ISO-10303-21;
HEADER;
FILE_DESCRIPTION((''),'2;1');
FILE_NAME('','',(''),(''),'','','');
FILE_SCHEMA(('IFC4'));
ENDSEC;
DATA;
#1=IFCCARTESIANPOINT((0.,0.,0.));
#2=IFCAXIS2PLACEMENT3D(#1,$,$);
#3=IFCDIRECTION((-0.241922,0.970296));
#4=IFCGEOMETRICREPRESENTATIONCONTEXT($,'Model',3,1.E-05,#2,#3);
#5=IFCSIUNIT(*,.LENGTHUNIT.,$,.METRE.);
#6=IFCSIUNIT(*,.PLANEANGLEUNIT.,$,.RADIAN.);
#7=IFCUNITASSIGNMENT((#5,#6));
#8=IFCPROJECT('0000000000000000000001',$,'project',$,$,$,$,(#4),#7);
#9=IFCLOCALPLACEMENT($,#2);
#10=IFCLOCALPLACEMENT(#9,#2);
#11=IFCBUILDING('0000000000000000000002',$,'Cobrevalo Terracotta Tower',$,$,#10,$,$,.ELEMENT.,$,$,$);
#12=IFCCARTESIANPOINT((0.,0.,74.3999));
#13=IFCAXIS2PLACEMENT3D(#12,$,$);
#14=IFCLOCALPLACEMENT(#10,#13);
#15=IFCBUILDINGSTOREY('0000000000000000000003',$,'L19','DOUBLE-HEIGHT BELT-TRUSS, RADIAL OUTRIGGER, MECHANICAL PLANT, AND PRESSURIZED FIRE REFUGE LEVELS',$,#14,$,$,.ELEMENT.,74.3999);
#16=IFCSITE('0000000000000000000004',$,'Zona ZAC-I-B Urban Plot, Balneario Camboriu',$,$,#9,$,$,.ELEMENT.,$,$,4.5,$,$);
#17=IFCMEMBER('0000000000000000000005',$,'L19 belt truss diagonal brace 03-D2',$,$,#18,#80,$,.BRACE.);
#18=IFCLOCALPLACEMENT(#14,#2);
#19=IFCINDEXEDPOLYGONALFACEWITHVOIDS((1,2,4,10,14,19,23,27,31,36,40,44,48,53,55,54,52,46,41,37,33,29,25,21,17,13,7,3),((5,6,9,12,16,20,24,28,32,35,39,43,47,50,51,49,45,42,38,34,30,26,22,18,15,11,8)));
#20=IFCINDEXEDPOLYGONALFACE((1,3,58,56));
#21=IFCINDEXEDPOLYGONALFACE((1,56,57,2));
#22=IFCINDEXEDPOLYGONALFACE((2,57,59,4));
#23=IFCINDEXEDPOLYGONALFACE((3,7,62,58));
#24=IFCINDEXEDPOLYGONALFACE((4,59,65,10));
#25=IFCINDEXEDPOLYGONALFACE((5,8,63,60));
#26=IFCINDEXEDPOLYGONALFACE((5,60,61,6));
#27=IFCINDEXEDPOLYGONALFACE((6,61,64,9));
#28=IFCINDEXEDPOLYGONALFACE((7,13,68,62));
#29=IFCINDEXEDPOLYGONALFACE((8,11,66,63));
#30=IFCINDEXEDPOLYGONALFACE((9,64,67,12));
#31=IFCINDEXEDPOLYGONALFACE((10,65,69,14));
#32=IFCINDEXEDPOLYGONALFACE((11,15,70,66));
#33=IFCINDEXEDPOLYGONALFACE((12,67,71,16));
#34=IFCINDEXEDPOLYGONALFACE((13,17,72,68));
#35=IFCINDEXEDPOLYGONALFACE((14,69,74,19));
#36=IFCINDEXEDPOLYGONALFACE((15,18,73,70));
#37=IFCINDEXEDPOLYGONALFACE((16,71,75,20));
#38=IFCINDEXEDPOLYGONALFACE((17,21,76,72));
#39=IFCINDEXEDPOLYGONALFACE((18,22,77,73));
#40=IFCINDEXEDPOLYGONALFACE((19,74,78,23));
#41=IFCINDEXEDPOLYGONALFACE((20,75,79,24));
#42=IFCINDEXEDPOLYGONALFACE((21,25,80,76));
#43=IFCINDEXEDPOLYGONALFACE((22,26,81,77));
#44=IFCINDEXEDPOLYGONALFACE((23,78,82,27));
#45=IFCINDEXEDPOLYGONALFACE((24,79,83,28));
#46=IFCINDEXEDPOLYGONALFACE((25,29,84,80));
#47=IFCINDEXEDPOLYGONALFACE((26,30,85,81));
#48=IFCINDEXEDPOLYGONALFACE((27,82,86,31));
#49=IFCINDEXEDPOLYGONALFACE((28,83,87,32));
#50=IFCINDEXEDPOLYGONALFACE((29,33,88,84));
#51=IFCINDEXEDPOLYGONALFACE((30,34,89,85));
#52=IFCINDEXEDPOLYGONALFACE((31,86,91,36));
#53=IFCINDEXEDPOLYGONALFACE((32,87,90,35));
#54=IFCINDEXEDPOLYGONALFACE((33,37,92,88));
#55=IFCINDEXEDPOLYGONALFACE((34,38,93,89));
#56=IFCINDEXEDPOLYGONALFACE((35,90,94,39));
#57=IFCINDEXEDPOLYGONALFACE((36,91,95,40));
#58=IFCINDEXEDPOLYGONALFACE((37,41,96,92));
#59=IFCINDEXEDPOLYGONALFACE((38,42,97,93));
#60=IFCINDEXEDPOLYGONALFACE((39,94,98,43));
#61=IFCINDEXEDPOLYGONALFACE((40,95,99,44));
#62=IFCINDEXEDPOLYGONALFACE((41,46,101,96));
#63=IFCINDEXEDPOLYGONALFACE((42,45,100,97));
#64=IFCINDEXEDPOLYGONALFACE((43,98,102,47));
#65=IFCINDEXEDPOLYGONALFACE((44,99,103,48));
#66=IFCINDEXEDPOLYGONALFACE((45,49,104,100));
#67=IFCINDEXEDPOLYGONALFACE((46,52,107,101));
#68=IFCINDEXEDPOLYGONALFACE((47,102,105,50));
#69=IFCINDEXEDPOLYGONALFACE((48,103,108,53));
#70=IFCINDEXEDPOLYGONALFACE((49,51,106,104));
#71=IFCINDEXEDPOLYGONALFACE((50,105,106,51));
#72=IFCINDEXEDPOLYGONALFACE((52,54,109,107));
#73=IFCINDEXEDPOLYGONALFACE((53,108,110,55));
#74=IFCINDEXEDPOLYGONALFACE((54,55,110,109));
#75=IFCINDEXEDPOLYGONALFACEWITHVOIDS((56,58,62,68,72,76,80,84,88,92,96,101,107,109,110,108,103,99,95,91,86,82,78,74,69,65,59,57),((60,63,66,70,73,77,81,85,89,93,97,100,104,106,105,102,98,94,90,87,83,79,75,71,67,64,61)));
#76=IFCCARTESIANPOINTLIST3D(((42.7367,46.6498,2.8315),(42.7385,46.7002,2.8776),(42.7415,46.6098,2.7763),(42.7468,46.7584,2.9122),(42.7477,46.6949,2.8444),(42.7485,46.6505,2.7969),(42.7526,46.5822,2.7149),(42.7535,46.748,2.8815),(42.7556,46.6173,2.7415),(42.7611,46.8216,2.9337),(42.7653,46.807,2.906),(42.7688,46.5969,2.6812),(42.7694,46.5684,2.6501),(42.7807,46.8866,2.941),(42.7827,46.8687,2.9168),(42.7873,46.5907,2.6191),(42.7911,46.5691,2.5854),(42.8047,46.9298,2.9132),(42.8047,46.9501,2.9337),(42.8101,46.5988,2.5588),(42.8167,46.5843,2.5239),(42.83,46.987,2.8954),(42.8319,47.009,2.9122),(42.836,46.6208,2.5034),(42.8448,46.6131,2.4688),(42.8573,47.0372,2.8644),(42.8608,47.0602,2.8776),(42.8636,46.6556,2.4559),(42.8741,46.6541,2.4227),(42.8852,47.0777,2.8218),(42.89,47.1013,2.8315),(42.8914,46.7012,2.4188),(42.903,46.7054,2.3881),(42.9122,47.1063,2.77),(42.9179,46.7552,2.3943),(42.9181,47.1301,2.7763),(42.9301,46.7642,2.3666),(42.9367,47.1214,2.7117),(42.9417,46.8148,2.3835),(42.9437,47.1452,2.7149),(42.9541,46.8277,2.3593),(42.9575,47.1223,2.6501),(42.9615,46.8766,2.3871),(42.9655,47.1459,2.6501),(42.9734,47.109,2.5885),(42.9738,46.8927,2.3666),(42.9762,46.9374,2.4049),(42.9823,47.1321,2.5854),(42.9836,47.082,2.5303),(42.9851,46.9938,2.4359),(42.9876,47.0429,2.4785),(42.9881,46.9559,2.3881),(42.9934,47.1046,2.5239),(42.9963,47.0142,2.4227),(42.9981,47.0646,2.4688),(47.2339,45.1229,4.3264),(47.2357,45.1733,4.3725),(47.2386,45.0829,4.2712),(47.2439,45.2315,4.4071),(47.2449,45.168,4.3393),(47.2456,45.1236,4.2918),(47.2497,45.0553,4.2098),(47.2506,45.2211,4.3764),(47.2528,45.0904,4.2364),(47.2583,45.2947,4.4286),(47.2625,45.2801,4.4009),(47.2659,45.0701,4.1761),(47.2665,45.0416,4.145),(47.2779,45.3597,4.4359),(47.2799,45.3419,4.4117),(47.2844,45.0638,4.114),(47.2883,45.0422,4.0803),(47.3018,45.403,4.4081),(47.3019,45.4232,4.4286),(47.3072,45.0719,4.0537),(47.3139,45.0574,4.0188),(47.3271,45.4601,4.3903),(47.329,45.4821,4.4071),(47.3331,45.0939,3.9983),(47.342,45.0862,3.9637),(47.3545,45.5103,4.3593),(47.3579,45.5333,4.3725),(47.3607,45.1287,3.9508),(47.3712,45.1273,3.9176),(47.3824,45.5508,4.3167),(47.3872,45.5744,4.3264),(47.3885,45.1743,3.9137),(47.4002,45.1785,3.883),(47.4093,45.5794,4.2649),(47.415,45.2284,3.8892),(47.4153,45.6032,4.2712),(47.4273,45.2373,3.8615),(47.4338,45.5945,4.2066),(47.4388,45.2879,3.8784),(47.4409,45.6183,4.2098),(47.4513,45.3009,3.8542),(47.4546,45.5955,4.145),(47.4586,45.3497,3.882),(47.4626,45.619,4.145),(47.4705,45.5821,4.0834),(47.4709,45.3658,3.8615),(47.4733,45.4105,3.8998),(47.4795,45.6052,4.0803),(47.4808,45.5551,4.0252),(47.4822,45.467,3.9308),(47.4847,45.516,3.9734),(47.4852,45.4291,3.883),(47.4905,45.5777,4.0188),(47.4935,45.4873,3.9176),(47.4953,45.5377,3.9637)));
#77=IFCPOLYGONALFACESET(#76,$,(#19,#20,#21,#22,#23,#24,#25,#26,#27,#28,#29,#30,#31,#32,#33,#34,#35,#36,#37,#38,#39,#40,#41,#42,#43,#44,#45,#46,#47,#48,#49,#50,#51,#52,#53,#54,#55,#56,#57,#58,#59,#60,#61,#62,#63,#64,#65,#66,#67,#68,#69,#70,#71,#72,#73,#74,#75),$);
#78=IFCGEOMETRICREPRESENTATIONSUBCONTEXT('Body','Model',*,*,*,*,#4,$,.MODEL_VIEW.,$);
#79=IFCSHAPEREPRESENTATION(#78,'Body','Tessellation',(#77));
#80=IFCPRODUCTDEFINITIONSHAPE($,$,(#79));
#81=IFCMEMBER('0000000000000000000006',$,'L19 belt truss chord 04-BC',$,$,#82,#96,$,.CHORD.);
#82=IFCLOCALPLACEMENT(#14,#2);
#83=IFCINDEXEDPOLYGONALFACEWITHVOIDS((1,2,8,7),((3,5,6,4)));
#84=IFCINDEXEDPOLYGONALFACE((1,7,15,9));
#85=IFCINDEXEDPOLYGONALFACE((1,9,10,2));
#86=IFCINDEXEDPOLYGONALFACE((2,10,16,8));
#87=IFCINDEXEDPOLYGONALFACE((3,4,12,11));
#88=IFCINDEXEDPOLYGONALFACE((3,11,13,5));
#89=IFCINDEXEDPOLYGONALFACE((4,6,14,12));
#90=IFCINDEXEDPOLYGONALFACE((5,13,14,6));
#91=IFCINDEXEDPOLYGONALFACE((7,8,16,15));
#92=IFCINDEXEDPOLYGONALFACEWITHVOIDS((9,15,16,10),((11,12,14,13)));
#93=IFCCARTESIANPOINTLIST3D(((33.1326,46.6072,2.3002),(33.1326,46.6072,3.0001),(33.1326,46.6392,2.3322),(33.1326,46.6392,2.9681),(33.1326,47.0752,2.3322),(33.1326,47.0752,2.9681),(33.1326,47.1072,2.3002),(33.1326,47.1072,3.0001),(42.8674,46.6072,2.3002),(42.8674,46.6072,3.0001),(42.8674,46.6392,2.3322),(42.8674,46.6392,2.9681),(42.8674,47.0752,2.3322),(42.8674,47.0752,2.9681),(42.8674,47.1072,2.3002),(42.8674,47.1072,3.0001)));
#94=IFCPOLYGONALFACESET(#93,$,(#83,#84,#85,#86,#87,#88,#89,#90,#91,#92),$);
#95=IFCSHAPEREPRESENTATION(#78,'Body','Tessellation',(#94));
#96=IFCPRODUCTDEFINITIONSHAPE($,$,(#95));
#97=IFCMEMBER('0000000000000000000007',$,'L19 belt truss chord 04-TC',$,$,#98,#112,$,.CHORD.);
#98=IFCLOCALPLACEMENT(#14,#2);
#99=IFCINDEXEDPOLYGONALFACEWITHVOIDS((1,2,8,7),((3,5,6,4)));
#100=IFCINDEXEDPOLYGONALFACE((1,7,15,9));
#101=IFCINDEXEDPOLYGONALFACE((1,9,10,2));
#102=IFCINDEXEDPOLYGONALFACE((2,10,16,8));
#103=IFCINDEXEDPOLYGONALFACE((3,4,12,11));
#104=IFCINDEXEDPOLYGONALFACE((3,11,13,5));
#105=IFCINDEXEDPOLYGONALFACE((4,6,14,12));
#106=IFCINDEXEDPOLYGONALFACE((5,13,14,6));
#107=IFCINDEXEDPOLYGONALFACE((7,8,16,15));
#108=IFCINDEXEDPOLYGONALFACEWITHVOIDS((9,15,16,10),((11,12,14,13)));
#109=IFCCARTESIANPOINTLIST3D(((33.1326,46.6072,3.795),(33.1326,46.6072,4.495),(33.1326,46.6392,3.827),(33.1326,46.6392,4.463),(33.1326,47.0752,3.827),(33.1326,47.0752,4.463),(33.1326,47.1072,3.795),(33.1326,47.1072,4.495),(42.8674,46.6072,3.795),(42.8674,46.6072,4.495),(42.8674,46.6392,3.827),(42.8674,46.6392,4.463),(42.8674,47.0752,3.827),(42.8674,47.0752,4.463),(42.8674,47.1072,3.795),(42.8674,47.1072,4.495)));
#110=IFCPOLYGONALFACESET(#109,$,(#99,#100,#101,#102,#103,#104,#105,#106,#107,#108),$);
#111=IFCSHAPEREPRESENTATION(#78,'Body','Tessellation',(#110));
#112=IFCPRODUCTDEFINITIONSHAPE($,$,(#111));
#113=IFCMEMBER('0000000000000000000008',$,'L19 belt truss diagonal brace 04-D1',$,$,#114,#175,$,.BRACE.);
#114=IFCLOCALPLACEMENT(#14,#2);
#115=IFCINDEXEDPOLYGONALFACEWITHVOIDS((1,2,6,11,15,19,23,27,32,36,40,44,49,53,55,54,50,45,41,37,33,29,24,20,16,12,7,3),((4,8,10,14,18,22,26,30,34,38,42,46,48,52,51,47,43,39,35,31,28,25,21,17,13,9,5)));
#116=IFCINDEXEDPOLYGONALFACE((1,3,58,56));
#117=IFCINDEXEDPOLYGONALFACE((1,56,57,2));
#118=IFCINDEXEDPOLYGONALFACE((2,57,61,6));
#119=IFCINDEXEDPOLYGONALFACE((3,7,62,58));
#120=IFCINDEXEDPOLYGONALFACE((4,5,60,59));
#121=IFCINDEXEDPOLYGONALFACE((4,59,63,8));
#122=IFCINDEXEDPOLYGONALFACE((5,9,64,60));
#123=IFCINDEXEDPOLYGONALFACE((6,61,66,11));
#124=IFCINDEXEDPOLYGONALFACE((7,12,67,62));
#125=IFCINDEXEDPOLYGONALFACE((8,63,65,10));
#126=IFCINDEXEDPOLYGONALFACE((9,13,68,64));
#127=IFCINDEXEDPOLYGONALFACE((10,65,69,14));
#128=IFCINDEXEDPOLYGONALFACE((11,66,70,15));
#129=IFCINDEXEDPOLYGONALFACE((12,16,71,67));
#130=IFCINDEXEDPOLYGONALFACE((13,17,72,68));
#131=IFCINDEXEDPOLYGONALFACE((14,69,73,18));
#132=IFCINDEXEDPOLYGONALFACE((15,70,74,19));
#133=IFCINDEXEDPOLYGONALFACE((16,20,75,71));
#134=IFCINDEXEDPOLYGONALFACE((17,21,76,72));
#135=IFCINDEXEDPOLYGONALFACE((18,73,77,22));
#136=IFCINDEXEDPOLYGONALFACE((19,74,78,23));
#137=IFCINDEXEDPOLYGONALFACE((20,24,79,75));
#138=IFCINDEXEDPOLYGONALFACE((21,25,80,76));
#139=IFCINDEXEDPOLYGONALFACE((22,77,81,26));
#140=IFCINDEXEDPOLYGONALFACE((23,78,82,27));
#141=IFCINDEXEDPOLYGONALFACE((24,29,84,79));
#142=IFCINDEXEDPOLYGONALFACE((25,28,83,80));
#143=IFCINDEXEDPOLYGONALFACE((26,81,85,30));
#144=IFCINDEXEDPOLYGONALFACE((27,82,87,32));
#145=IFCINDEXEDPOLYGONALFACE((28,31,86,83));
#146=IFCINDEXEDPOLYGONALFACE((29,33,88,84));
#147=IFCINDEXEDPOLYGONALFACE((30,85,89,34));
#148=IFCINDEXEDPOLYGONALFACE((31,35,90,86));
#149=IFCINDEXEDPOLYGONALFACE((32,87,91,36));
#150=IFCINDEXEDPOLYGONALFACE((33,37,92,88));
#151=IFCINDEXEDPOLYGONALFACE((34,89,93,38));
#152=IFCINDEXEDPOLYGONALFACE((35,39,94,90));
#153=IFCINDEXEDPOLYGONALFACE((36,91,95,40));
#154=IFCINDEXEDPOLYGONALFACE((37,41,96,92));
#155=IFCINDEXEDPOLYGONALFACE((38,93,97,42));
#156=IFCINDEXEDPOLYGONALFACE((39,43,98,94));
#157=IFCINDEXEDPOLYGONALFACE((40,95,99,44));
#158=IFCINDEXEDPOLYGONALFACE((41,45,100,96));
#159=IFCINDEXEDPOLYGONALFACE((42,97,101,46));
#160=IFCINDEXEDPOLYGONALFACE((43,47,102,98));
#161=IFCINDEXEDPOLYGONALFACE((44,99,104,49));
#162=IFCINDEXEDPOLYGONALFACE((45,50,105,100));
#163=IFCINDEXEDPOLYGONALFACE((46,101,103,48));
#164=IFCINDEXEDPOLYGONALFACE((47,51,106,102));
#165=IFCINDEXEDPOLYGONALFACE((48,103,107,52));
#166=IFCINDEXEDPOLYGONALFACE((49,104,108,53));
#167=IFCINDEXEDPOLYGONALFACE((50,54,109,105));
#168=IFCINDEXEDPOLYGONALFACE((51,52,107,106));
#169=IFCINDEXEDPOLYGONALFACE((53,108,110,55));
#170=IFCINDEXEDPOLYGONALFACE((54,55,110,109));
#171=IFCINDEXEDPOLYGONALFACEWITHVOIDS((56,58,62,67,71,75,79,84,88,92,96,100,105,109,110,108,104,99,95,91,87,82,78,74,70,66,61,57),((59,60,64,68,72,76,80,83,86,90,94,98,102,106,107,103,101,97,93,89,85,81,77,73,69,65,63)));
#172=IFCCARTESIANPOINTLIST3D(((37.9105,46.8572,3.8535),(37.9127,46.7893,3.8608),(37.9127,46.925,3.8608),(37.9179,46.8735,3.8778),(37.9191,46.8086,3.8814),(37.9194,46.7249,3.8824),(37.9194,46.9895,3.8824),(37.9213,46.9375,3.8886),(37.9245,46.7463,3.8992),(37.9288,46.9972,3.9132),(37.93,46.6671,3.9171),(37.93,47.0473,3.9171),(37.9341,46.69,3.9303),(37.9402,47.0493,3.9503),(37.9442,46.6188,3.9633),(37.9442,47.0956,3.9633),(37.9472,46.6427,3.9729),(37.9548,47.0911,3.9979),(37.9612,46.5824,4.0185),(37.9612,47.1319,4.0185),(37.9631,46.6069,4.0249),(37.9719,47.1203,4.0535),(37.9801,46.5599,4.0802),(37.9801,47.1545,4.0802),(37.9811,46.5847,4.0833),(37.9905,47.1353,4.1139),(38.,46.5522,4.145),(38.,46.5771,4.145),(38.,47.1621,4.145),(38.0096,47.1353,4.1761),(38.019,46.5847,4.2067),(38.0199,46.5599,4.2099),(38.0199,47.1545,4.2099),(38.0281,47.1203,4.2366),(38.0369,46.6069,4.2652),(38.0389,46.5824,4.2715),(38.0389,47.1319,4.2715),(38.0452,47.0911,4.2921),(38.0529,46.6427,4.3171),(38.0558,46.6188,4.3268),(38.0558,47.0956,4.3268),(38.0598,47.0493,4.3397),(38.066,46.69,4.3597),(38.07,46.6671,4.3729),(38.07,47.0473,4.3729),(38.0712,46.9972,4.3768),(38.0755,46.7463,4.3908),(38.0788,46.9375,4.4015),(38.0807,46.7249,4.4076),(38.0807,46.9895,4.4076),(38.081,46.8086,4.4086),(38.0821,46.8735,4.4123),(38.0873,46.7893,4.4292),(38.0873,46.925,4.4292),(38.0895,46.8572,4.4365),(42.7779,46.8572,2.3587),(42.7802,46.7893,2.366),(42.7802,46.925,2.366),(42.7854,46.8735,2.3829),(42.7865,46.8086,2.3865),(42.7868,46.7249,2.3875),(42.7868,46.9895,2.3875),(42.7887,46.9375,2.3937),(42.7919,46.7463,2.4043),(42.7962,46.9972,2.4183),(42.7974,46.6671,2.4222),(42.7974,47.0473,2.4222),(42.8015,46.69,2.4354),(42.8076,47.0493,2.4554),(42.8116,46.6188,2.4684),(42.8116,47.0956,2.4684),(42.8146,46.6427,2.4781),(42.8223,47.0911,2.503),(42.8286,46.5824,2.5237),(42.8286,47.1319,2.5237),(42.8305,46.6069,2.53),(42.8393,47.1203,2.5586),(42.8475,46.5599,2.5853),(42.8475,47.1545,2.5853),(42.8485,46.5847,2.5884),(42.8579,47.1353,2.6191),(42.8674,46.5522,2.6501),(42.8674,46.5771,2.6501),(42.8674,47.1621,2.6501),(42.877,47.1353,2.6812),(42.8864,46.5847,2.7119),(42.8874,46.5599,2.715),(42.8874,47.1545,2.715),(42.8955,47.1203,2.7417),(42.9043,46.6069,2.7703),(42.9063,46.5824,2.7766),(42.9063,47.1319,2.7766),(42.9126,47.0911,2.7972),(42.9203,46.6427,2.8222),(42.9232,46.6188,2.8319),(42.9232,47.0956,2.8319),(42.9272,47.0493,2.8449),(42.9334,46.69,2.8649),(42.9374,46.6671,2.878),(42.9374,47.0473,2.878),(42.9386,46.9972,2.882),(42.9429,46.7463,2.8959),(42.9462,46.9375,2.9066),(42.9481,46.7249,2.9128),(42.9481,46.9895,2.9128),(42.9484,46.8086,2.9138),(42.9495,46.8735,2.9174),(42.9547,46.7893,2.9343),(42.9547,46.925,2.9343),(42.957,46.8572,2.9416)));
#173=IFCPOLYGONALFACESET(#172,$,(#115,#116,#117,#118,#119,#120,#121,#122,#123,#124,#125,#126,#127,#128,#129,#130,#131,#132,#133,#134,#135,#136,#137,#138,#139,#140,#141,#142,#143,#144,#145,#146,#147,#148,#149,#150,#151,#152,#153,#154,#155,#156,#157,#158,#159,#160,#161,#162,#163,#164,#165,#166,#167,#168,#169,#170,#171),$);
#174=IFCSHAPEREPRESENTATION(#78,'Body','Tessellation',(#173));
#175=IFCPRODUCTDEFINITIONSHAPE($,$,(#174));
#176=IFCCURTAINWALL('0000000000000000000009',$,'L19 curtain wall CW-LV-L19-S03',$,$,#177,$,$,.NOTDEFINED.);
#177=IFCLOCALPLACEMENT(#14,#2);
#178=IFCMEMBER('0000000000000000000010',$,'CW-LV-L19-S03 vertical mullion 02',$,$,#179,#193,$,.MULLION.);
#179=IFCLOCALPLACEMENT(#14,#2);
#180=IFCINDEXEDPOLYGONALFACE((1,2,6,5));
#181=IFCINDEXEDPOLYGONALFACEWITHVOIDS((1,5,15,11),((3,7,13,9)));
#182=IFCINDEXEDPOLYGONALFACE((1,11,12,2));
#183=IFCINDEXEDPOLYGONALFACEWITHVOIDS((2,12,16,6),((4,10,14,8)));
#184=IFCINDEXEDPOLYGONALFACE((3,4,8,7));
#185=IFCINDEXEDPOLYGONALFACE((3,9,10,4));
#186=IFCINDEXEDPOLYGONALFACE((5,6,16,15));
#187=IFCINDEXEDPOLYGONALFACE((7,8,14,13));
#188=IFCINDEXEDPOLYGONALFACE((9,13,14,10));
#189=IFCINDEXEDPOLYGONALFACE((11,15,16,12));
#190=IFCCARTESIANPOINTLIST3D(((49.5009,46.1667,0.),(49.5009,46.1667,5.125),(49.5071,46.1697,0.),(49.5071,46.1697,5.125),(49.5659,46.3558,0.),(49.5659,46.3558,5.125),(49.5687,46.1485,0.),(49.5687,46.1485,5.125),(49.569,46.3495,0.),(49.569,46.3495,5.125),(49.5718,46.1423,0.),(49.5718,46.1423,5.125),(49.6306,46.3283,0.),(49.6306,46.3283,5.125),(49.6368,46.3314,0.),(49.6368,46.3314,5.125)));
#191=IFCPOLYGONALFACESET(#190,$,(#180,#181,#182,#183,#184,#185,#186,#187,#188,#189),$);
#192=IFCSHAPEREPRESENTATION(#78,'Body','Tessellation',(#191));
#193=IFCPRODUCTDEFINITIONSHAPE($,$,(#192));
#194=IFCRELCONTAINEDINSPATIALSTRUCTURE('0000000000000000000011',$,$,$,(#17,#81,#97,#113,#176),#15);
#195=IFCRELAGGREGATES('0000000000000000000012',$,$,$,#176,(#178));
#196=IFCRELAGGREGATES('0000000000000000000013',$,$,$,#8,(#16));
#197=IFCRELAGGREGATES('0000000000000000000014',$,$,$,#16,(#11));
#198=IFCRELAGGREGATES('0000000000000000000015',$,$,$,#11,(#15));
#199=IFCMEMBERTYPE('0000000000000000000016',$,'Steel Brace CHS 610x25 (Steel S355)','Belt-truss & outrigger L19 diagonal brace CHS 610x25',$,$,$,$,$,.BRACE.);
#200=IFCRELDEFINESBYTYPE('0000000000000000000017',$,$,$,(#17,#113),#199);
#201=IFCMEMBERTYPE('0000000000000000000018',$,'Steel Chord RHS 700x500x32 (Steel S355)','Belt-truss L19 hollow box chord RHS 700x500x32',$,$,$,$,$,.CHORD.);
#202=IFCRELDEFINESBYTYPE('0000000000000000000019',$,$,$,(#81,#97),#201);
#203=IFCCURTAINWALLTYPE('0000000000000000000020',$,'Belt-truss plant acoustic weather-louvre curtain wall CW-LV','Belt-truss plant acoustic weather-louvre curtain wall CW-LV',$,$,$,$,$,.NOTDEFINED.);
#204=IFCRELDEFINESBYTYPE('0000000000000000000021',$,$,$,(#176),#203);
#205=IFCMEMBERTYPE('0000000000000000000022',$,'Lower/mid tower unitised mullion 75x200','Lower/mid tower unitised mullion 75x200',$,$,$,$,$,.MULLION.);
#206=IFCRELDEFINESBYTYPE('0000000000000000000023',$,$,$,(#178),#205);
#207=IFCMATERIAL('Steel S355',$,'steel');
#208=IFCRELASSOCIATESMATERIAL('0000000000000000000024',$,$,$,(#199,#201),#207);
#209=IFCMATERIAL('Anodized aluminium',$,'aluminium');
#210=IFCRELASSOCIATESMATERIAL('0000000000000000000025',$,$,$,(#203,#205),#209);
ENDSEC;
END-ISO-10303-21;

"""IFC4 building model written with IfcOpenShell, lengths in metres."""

from ifc_helpers import new_model, si_unit, direction, frame, origin, origin_2d, place, context, subcontext, project, spatial, hollow_rectangle, hollow_circle, extrude, source, transform, mapped, material, material_profile, profile_set, type_object, element, aggregate, save


model = new_model("IFC4")

# Units and contexts
model_context = context("Model", 3, precision=1e-05, world=origin(), true_north=direction((-0.241922, 0.970296)))
body_context = subcontext(model_context, "Body", "Model", "MODEL_VIEW")
ifc_project = project(units=[si_unit("LENGTHUNIT", "METRE"), si_unit("PLANEANGLEUNIT", "RADIAN")], contexts=[model_context])

# Site, building, storey
site_placement = place(None, origin())
site = spatial("IfcSite", under=ifc_project, at=site_placement, Name="Zona ZAC-I-B Urban Plot, Balneario Camboriu", CompositionType="ELEMENT", RefElevation=4.5)
building_placement = place(site_placement, origin())
building = spatial("IfcBuilding", under=site, at=building_placement, Name="Cobrevalo Terracotta Tower", CompositionType="ELEMENT")
storey_placement = place(building_placement, frame((0.0, 0.0, 74.3999)))
storey = spatial("IfcBuildingStorey", under=building, at=storey_placement, Name="L19", Description="DOUBLE-HEIGHT BELT-TRUSS, RADIAL OUTRIGGER, MECHANICAL PLANT, AND PRESSURIZED FIRE REFUGE LEVELS", CompositionType="ELEMENT", Elevation=74.3999)

# Shared definitions
ifc_material_1 = material(Name="Steel S355", Category="steel")

# Members
ifc_material_profile_1 = material_profile(ifc_material_1, hollow_circle(Radius=0.3049, WallThickness=0.0249, at=origin_2d()), Name="CHS 610x25")
ifc_profile_set_1 = profile_set([ifc_material_profile_1], Name="Steel S355")
member_type_1 = type_object("IfcMemberType", Name="Steel Brace CHS 610x25 (Steel S355)", Description="Belt-truss & outrigger L19 diagonal brace CHS 610x25", PredefinedType="BRACE", material=ifc_profile_set_1)
shared_shape_1 = source(origin(), body_context, "Body", "SweptSolid", [
    extrude(hollow_circle(Radius=0.3049, WallThickness=0.0249, at=origin_2d()), origin(), (0.0, 0.0, 1.0), 4.979),
])
member_1_placement = place(storey_placement, frame((42.8674, 46.8572, 2.6501), z_axis=(0.903223, -0.306664, 0.300241), x_axis=(0.321497, 0.946911, 0.0)))
element("IfcMember", 1, at=member_1_placement, inside=storey, type_object=member_type_1, Name="L19 belt truss diagonal brace 03-D2", PredefinedType="BRACE", context=body_context, shape_type="MappedRepresentation", body=[
    mapped(shared_shape_1, transform((0.0, 0.0, 0.0), scale=1.0)),
])
ifc_material_profile_2 = material_profile(ifc_material_1, hollow_rectangle(XDim=0.5, YDim=0.7, WallThickness=0.032, at=origin_2d()), Name="RHS 700x500x32")
ifc_profile_set_2 = profile_set([ifc_material_profile_2], Name="Steel S355")
member_type_2 = type_object("IfcMemberType", Name="Steel Chord RHS 700x500x32 (Steel S355)", Description="Belt-truss L19 hollow box chord RHS 700x500x32", PredefinedType="CHORD", material=ifc_profile_set_2)
shared_shape_2 = source(origin(), body_context, "Body", "SweptSolid", [
    extrude(hollow_rectangle(XDim=0.5, YDim=0.7, WallThickness=0.032, at=origin_2d()), origin(), (0.0, 0.0, 1.0), 9.7349),
])
for number, where, z_axis, x_axis, name in (
    (2, (42.8674, 46.8572, 2.6501), (-1.0, 0.0, 0.0), (0.0, -1.0, 0.0), "L19 belt truss chord 04-BC"),
    (3, (42.8674, 46.8572, 4.145), (-1.0, 0.0, 0.0), (0.0, -1.0, 0.0), "L19 belt truss chord 04-TC"),
):
    element("IfcMember", number, at=place(storey_placement, frame(where, z_axis=z_axis, x_axis=x_axis)), inside=storey, type_object=member_type_2, Name=name, PredefinedType="CHORD", context=body_context, shape_type="MappedRepresentation", body=[
        mapped(shared_shape_2, transform((0.0, 0.0, 0.0), scale=1.0)),
    ])
shared_shape_3 = source(origin(), body_context, "Body", "SweptSolid", [
    extrude(hollow_circle(Radius=0.3049, WallThickness=0.0249, at=origin_2d()), origin(), (0.0, 0.0, 1.0), 5.0918),
])
member_2_placement = place(storey_placement, frame((42.8674, 46.8572, 2.6501), z_axis=(-0.955933, 0.0, 0.293584), x_axis=(0.0, -1.0, 0.0)))
element("IfcMember", 4, at=member_2_placement, inside=storey, type_object=member_type_1, Name="L19 belt truss diagonal brace 04-D1", PredefinedType="BRACE", context=body_context, shape_type="MappedRepresentation", body=[
    mapped(shared_shape_3, transform((0.0, 0.0, 0.0), scale=1.0)),
])

# Curtain wall, member
ifc_material_2 = material(Name="Anodized aluminium", Category="aluminium")
curtain_wall_type = type_object("IfcCurtainWallType", Name="Belt-truss plant acoustic weather-louvre curtain wall CW-LV", Description="Belt-truss plant acoustic weather-louvre curtain wall CW-LV", PredefinedType="NOTDEFINED", material=ifc_material_2)
curtain_wall_1_placement = place(storey_placement, origin())
curtain_wall_1 = element("IfcCurtainWall", 5, at=curtain_wall_1_placement, inside=storey, type_object=curtain_wall_type, Name="L19 curtain wall CW-LV-L19-S03", PredefinedType="NOTDEFINED")
ifc_material_profile_3 = material_profile(ifc_material_2, hollow_rectangle(XDim=0.075, YDim=0.2, WallThickness=0.0049, at=origin_2d()), Name="CWM 75x200")
ifc_profile_set_3 = profile_set([ifc_material_profile_3], Name="Anodized aluminium")
member_type_3 = type_object("IfcMemberType", Name="Lower/mid tower unitised mullion 75x200", Description="Lower/mid tower unitised mullion 75x200", PredefinedType="MULLION", material=ifc_profile_set_3)
shared_shape_4 = source(origin(), body_context, "Body", "SweptSolid", [
    extrude(hollow_rectangle(XDim=0.075, YDim=0.2, WallThickness=0.0049, at=origin_2d()), origin(), (0.0, 0.0, 1.0), 5.125),
])
member_3_placement = place(storey_placement, frame((49.5688, 46.249, 0.0), z_axis=(0.0, 0.0, 1.0), x_axis=(-0.945598, 0.325337, 0.0)))
member_3 = element("IfcMember", 6, at=member_3_placement, type_object=member_type_3, Name="CW-LV-L19-S03 vertical mullion 02", PredefinedType="MULLION", context=body_context, shape_type="MappedRepresentation", body=[
    mapped(shared_shape_4, transform((0.0, 0.0, 0.0), scale=1.0)),
])

aggregate(curtain_wall_1, [member_3])

save(model, "model.ifc")
